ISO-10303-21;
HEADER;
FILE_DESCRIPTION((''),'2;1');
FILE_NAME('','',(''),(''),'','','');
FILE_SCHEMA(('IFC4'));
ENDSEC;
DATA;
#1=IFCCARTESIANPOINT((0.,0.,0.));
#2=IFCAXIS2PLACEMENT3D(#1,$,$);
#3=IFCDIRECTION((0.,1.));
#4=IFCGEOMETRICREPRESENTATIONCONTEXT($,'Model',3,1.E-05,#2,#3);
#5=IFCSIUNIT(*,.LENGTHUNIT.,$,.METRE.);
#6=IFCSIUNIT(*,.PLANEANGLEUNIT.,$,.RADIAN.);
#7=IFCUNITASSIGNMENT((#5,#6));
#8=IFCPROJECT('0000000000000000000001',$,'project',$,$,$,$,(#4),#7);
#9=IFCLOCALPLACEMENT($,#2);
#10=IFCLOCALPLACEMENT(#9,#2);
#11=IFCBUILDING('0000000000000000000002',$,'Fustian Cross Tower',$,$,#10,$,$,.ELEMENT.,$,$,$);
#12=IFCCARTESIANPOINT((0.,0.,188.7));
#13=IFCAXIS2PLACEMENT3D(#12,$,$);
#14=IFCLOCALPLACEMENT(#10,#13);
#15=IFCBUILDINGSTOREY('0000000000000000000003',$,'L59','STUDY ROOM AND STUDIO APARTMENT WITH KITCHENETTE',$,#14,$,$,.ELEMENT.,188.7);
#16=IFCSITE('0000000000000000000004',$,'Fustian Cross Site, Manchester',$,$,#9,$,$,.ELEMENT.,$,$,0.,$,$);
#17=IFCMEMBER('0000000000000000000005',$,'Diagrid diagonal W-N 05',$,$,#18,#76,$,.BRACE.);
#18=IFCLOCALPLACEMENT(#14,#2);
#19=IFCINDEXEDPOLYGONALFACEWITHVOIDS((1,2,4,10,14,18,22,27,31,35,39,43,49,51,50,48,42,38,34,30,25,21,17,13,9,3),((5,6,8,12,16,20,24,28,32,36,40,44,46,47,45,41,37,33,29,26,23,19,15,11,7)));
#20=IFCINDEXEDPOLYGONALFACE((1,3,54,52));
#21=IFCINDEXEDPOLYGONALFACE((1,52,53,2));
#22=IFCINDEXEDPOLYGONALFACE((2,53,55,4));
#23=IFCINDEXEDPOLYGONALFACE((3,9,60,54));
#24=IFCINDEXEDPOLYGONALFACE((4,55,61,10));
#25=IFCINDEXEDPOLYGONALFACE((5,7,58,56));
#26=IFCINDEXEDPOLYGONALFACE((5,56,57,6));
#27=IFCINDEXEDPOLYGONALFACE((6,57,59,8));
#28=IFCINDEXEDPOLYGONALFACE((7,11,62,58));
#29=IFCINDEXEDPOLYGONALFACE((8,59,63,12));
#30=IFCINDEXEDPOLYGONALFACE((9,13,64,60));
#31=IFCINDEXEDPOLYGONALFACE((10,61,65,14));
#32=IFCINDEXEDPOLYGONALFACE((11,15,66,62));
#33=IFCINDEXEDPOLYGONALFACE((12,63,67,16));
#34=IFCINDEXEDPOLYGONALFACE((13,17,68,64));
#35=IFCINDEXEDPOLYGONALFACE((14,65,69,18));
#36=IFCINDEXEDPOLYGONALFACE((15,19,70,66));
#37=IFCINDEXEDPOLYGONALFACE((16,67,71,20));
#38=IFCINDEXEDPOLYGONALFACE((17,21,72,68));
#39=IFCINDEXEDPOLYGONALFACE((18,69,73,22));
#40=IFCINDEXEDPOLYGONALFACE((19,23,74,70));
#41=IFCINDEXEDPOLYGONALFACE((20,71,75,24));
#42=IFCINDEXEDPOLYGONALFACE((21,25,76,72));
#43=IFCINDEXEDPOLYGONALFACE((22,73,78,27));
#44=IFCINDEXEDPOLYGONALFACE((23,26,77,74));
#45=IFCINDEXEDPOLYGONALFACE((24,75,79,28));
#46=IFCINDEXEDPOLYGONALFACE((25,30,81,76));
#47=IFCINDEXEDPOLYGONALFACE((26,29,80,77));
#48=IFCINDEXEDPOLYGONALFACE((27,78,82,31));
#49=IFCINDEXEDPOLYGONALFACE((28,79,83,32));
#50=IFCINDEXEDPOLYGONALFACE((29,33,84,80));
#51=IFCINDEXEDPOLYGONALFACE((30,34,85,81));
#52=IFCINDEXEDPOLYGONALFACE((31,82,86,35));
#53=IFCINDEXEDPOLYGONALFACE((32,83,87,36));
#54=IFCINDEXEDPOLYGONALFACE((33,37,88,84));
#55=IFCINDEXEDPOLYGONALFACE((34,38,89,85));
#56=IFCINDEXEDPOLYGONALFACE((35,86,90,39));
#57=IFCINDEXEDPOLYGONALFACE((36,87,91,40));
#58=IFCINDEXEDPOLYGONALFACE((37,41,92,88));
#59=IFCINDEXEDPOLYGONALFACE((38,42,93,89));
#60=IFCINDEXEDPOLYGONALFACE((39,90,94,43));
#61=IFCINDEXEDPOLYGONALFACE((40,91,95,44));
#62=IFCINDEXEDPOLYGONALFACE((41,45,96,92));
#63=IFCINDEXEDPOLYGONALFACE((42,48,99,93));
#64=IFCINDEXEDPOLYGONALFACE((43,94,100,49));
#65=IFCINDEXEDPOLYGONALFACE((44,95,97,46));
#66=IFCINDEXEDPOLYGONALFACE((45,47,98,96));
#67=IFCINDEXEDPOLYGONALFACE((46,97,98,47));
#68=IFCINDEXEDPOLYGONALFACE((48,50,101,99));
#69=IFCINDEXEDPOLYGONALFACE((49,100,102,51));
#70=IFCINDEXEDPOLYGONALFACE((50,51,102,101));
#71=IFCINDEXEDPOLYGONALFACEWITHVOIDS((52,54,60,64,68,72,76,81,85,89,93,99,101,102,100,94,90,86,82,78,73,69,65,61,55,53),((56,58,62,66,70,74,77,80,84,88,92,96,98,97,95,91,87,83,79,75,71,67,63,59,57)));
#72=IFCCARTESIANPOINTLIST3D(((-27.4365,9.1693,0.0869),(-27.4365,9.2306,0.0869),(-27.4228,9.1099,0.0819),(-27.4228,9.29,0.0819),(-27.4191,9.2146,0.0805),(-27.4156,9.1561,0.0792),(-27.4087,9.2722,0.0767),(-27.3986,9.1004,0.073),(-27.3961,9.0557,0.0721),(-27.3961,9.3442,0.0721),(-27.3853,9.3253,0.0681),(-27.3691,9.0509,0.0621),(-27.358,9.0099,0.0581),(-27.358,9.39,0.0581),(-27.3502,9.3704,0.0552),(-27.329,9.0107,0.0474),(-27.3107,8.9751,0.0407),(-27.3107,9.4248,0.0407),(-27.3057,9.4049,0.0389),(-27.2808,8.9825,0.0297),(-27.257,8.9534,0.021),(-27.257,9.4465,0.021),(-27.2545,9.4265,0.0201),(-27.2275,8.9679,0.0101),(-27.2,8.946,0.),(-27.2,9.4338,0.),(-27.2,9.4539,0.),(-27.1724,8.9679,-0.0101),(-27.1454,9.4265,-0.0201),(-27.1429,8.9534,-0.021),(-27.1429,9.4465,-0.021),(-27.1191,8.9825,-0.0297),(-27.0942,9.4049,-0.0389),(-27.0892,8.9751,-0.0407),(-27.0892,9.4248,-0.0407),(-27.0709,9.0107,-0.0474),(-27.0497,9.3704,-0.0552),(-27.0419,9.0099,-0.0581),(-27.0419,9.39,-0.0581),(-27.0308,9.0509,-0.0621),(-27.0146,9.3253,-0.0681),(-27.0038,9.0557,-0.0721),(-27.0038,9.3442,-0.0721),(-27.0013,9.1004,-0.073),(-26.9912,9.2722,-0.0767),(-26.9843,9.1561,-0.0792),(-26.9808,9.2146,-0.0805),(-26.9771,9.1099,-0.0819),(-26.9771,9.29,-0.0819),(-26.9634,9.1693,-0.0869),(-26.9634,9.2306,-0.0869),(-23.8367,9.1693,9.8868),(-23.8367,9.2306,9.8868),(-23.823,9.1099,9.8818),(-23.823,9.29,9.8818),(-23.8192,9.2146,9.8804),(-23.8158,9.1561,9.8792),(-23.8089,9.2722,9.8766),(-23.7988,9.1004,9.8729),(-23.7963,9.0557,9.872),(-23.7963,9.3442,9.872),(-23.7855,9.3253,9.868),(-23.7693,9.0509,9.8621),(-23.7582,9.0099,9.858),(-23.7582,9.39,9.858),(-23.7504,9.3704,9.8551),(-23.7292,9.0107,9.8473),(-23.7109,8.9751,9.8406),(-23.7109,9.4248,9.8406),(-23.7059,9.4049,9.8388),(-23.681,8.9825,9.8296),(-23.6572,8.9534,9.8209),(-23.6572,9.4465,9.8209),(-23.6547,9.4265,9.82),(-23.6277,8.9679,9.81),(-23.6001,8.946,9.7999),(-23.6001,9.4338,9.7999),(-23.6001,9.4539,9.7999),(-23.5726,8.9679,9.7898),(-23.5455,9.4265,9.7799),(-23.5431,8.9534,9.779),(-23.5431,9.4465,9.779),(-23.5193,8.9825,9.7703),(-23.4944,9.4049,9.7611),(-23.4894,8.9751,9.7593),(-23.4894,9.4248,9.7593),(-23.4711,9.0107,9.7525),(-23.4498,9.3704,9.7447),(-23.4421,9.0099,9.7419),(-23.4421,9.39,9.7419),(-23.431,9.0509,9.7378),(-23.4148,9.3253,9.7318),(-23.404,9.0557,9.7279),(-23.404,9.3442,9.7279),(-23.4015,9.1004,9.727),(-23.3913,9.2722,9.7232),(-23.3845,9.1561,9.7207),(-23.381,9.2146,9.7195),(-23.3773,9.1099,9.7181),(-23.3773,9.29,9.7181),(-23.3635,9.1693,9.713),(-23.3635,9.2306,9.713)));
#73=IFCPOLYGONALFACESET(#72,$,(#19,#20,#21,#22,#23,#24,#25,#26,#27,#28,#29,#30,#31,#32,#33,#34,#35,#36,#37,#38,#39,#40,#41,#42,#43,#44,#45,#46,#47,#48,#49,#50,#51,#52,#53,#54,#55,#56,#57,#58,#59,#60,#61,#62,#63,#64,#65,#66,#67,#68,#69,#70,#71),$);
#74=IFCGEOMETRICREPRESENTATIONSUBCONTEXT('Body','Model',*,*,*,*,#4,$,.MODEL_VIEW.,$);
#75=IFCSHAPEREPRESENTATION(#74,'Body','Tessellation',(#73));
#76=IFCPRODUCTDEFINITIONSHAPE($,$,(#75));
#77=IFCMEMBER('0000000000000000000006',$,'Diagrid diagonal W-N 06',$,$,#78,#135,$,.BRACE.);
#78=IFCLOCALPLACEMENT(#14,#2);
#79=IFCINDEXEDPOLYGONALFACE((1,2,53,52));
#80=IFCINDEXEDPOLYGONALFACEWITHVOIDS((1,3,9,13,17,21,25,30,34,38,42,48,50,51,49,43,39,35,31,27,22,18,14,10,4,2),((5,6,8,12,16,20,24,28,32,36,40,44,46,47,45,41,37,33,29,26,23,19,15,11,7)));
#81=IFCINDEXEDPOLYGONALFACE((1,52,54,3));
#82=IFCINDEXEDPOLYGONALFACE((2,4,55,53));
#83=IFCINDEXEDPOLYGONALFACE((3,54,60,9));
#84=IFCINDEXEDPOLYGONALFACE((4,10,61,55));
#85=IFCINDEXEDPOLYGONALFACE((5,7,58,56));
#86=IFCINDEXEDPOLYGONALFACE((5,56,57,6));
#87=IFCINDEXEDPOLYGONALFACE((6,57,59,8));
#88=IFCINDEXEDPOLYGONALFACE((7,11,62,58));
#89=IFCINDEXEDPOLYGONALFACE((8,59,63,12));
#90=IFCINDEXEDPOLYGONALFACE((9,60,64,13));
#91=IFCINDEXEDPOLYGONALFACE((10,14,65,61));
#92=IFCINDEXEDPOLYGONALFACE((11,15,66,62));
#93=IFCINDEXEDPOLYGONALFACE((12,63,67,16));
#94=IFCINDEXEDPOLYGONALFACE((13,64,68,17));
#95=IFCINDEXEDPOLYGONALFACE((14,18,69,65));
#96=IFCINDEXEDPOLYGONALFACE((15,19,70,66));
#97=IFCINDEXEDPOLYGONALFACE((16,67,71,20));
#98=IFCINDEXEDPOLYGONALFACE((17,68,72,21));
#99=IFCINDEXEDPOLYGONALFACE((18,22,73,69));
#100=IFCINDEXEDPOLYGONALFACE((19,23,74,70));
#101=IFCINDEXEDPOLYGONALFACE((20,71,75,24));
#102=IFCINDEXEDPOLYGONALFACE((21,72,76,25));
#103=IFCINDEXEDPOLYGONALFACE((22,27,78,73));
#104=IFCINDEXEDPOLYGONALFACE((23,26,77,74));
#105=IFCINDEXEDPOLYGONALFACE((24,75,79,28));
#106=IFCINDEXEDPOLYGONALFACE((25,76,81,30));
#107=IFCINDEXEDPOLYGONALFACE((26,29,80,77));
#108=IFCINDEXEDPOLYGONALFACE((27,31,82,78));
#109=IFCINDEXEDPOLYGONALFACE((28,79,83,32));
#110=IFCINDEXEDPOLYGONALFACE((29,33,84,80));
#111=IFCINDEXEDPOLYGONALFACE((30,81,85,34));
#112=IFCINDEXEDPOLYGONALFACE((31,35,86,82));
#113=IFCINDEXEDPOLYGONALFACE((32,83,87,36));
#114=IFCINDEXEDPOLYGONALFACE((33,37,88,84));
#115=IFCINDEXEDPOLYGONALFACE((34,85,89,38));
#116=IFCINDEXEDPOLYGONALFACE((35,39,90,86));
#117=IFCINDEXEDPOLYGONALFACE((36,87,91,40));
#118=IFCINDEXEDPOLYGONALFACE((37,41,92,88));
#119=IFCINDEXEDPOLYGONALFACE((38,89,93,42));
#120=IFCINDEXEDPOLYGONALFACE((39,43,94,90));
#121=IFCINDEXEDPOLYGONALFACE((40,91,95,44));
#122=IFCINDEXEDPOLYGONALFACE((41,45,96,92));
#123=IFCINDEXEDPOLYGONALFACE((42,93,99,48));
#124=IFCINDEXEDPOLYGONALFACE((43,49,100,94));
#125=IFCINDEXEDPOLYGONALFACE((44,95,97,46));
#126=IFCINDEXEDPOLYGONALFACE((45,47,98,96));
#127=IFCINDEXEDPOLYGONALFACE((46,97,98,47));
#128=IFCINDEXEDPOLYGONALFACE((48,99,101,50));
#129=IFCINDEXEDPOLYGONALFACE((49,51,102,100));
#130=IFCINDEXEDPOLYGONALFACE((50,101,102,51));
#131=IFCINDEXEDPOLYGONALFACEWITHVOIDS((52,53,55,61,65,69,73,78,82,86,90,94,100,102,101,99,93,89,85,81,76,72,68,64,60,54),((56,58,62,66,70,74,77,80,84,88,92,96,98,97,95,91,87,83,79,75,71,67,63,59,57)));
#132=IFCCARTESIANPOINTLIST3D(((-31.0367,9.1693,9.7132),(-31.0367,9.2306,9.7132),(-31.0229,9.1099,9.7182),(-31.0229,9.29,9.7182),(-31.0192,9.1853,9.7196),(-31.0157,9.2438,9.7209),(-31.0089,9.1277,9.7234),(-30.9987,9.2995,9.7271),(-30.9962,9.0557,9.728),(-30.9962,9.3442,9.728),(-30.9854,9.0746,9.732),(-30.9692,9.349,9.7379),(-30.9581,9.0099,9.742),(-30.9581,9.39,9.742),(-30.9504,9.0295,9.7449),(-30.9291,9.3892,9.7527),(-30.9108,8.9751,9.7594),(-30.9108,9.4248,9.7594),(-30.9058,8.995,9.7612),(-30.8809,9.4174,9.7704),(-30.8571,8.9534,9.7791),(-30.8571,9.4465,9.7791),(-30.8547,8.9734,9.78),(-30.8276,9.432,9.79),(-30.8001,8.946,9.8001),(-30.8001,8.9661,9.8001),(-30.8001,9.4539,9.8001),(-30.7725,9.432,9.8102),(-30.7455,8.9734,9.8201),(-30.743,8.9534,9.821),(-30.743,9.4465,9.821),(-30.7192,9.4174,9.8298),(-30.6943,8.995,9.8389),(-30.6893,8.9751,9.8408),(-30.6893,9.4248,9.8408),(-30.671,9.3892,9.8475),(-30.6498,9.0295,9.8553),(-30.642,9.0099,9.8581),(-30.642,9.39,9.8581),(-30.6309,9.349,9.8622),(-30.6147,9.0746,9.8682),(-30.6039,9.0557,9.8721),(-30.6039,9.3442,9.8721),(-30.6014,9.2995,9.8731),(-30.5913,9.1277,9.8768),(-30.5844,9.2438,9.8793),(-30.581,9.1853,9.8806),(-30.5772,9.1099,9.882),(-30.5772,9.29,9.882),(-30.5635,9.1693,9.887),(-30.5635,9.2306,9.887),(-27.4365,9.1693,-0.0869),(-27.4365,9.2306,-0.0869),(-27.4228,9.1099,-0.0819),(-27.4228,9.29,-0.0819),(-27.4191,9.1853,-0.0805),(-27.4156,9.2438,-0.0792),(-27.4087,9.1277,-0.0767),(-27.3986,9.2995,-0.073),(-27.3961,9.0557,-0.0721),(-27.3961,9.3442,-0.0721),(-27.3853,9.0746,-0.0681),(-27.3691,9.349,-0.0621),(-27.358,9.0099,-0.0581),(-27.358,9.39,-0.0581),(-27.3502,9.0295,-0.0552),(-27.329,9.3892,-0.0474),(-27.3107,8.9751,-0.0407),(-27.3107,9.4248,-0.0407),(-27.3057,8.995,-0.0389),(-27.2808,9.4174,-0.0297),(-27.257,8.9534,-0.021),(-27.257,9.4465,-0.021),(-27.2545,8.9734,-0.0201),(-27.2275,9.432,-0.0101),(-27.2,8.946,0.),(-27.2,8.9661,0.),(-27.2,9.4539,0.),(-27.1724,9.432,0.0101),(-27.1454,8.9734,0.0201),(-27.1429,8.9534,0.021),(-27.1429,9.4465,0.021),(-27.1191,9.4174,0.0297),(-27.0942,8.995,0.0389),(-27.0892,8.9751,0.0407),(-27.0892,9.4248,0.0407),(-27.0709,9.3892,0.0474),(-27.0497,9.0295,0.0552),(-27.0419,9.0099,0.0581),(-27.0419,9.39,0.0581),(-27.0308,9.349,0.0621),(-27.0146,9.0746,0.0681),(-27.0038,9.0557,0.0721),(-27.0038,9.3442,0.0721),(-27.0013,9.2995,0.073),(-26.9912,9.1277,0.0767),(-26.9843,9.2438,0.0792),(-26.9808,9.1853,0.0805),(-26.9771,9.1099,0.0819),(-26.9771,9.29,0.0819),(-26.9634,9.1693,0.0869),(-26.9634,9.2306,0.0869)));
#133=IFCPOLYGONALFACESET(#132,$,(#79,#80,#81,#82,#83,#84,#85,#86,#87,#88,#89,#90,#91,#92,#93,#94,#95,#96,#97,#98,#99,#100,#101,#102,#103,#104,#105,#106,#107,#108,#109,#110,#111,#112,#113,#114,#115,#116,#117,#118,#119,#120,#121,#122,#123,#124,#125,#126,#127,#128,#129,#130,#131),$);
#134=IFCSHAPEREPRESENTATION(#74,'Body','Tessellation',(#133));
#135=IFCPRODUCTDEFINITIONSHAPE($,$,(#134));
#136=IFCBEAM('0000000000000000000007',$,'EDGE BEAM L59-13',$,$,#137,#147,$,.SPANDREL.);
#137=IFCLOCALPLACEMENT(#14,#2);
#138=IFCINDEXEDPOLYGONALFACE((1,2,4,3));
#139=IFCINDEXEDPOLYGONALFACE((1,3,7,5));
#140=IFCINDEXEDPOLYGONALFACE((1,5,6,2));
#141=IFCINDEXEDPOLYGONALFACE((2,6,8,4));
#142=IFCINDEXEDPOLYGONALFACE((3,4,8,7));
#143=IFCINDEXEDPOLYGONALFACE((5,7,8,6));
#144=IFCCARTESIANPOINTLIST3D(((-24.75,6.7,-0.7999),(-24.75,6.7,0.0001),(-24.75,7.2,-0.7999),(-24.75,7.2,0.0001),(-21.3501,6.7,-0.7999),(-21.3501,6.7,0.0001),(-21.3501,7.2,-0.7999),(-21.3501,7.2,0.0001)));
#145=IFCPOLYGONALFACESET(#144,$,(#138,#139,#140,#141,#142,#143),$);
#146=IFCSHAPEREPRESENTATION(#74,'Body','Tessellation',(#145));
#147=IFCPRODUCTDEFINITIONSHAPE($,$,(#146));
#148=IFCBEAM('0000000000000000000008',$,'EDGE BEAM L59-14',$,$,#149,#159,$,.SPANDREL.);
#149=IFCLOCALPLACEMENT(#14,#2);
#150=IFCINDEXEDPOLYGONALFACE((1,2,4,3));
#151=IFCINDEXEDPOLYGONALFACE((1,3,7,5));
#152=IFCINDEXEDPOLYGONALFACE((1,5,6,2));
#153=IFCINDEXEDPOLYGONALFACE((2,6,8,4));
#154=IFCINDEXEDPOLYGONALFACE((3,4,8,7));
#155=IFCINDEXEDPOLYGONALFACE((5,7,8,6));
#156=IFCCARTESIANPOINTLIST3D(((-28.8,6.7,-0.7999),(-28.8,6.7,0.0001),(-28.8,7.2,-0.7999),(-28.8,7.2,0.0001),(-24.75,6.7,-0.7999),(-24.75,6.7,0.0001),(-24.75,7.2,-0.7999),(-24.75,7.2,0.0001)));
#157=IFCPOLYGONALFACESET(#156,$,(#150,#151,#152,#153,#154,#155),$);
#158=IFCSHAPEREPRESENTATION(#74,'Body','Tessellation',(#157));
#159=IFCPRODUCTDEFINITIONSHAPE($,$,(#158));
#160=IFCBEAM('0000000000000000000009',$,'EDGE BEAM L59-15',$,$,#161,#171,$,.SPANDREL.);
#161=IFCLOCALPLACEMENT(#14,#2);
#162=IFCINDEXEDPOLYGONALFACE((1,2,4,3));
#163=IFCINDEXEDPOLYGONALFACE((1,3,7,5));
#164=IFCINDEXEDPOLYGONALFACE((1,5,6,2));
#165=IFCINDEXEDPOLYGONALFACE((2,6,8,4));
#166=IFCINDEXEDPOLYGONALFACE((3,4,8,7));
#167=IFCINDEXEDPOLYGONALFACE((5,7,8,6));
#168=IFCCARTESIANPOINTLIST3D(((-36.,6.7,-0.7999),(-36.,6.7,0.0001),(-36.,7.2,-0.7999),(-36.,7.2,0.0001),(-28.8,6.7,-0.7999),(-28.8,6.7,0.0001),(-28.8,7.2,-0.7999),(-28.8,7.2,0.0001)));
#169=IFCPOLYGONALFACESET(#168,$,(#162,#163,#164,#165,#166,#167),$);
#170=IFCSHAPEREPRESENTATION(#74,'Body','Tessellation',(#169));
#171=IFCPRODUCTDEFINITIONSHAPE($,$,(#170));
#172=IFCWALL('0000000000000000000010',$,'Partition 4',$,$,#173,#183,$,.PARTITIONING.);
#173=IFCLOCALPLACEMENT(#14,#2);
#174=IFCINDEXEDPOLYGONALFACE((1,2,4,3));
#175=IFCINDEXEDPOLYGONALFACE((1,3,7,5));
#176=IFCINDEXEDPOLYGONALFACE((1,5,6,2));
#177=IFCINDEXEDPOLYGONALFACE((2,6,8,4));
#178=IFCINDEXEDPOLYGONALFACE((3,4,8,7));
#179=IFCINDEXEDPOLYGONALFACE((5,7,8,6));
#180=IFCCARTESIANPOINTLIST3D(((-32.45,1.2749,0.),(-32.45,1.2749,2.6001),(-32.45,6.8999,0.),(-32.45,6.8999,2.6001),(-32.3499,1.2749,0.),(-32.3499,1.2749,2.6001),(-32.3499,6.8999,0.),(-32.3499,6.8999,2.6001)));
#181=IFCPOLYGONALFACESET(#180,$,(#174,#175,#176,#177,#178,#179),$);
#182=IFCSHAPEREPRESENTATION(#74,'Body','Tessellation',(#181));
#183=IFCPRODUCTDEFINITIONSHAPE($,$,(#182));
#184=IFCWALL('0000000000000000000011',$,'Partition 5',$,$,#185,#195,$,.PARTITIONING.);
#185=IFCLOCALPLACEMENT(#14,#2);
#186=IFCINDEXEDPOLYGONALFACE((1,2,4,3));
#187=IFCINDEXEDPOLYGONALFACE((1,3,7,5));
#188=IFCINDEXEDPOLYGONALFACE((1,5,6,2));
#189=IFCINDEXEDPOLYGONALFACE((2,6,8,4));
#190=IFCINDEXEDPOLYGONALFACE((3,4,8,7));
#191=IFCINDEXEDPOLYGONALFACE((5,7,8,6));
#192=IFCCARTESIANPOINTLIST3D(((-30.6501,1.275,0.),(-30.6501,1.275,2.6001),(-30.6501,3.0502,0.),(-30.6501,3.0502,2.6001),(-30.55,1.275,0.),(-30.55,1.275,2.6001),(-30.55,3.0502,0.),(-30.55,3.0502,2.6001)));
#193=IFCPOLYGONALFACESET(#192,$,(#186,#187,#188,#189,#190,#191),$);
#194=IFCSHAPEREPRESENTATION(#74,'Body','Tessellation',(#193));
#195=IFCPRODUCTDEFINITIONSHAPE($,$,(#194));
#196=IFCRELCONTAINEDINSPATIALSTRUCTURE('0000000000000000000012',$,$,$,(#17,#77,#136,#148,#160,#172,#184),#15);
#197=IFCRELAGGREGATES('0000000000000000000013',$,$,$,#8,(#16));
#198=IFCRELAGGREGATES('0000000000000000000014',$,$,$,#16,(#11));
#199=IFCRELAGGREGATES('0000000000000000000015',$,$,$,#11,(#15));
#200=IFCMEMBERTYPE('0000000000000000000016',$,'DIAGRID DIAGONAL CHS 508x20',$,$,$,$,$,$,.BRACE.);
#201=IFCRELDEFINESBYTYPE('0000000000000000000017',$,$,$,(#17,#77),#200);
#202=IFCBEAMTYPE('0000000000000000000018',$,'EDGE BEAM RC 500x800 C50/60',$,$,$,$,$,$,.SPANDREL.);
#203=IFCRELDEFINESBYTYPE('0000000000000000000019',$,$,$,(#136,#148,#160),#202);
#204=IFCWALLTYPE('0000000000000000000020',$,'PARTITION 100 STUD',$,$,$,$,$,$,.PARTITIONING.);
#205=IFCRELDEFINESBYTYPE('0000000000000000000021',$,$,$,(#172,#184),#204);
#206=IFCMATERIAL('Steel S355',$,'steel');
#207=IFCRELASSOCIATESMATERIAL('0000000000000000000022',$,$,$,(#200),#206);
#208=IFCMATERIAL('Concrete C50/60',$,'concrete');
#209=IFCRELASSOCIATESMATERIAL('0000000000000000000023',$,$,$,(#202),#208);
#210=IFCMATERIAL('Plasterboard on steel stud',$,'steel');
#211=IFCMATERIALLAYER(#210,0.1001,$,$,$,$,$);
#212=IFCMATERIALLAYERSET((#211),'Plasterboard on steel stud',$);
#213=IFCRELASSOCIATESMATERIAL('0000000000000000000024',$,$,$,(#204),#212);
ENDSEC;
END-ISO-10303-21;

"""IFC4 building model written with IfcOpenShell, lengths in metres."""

from ifc_helpers import new_model, si_unit, direction, frame, frame_2d, origin, origin_2d, place, context, subcontext, project, spatial, rectangle, hollow_circle, extrude, material, layer, layer_set, material_profile, profile_set, type_object, element, save


model = new_model("IFC4")

# Units and contexts
model_context = context("Model", 3, precision=1e-05, world=origin(), true_north=direction((0.0, 1.0)))
body_context = subcontext(model_context, "Body", "Model", "MODEL_VIEW")
ifc_project = project(units=[si_unit("LENGTHUNIT", "METRE"), si_unit("PLANEANGLEUNIT", "RADIAN")], contexts=[model_context])

# Site, building, storey
site_placement = place(None, origin())
site = spatial("IfcSite", under=ifc_project, at=site_placement, Name="Fustian Cross Site, Manchester", CompositionType="ELEMENT", RefElevation=0.0)
building_placement = place(site_placement, origin())
building = spatial("IfcBuilding", under=site, at=building_placement, Name="Fustian Cross Tower", CompositionType="ELEMENT")
storey_placement = place(building_placement, frame((0.0, 0.0, 188.7)))
storey = spatial("IfcBuildingStorey", under=building, at=storey_placement, Name="L59", Description="STUDY ROOM AND STUDIO APARTMENT WITH KITCHENETTE", CompositionType="ELEMENT", Elevation=188.7)

# Members
ifc_material_1 = material(Name="Steel S355", Category="steel")
ifc_material_profile_1 = material_profile(ifc_material_1, hollow_circle(Radius=0.2539, WallThickness=0.02, at=origin_2d()), Name="CHS 508x20")
ifc_profile_set_1 = profile_set([ifc_material_profile_1], Name="Steel S355")
member_type = type_object("IfcMemberType", Name="DIAGRID DIAGONAL CHS 508x20", PredefinedType="BRACE", material=ifc_profile_set_1)
member_1_placement = place(storey_placement, frame((-27.2, 9.2, 0.0), z_axis=(0.344804, 0.0, 0.938675), x_axis=(0.0, 1.0, 0.0)))
element("IfcMember", 1, at=member_1_placement, inside=storey, type_object=member_type, Name="Diagrid diagonal W-N 05", PredefinedType="BRACE", context=body_context, shape_type="SweptSolid", body=[
    extrude(hollow_circle(Radius=0.2539, WallThickness=0.02, at=origin_2d()), origin(), (0.0, 0.0, 1.0), 10.4402),
])
member_2_placement = place(storey_placement, frame((-27.2, 9.2, 0.0), z_axis=(-0.344824, 0.0, 0.938667), x_axis=(0.0, -1.0, 0.0)))
element("IfcMember", 2, at=member_2_placement, inside=storey, type_object=member_type, Name="Diagrid diagonal W-N 06", PredefinedType="BRACE", context=body_context, shape_type="SweptSolid", body=[
    extrude(hollow_circle(Radius=0.2539, WallThickness=0.02, at=origin_2d()), origin(), (0.0, 0.0, 1.0), 10.4404),
])

# Beams
ifc_material_2 = material(Name="Concrete C50/60", Category="concrete")
ifc_material_profile_2 = material_profile(ifc_material_2, rectangle(XDim=0.5, YDim=0.8, at=origin_2d()), Name="RC 500x800")
ifc_profile_set_2 = profile_set([ifc_material_profile_2], Name="Concrete C50/60")
beam_type = type_object("IfcBeamType", Name="EDGE BEAM RC 500x800 C50/60", PredefinedType="SPANDREL", material=ifc_profile_set_2)
beam_1_placement = place(storey_placement, frame((-21.3501, 6.95, -0.3999), z_axis=(-1.0, 0.0, 0.0), x_axis=(0.0, -1.0, 0.0)))
element("IfcBeam", 3, at=beam_1_placement, inside=storey, type_object=beam_type, Name="EDGE BEAM L59-13", PredefinedType="SPANDREL", context=body_context, shape_type="SweptSolid", body=[
    extrude(rectangle(XDim=0.5, YDim=0.8, at=origin_2d()), origin(), (0.0, 0.0, 1.0), 3.3999),
])
beam_2_placement = place(storey_placement, frame((-24.75, 6.95, -0.3999), z_axis=(-1.0, 0.0, 0.0), x_axis=(0.0, -1.0, 0.0)))
element("IfcBeam", 4, at=beam_2_placement, inside=storey, type_object=beam_type, Name="EDGE BEAM L59-14", PredefinedType="SPANDREL", context=body_context, shape_type="SweptSolid", body=[
    extrude(rectangle(XDim=0.5, YDim=0.8, at=origin_2d()), origin(), (0.0, 0.0, 1.0), 4.05),
])
beam_3_placement = place(storey_placement, frame((-28.8, 6.95, -0.3999), z_axis=(-1.0, 0.0, 0.0), x_axis=(0.0, -1.0, 0.0)))
element("IfcBeam", 5, at=beam_3_placement, inside=storey, type_object=beam_type, Name="EDGE BEAM L59-15", PredefinedType="SPANDREL", context=body_context, shape_type="SweptSolid", body=[
    extrude(rectangle(XDim=0.5, YDim=0.8, at=origin_2d()), origin(), (0.0, 0.0, 1.0), 7.2),
])

# Walls
ifc_material_3 = material(Name="Plasterboard on steel stud", Category="steel")
ifc_layer_1 = layer(ifc_material_3, 0.1001)
ifc_layer_set_1 = layer_set([ifc_layer_1], Name="Plasterboard on steel stud")
wall_type_1 = type_object("IfcWallType", Name="PARTITION 100 STUD", PredefinedType="PARTITIONING", material=ifc_layer_set_1)
wall_1_placement = place(storey_placement, frame((-32.3999, 1.2749, 0.0), z_axis=(0.0, 0.0, 1.0), x_axis=(0.0, 1.0, 0.0)))
element("IfcWall", 6, at=wall_1_placement, inside=storey, type_object=wall_type_1, Name="Partition 4", PredefinedType="PARTITIONING", context=body_context, shape_type="SweptSolid", body=[
    extrude(rectangle(XDim=5.625, YDim=0.1001, at=frame_2d((2.8125, 0.0))), origin(), (0.0, 0.0, 1.0), 2.6001),
])
wall_2_placement = place(storey_placement, frame((-30.6001, 1.2749, 0.0), z_axis=(0.0, 0.0, 1.0), x_axis=(0.0, 1.0, 0.0)))
element("IfcWall", 7, at=wall_2_placement, inside=storey, type_object=wall_type_1, Name="Partition 5", PredefinedType="PARTITIONING", context=body_context, shape_type="SweptSolid", body=[
    extrude(rectangle(XDim=1.7751, YDim=0.1001, at=frame_2d((0.8877, 0.0))), origin(), (0.0, 0.0, 1.0), 2.6001),
])

save(model, "model.ifc")
